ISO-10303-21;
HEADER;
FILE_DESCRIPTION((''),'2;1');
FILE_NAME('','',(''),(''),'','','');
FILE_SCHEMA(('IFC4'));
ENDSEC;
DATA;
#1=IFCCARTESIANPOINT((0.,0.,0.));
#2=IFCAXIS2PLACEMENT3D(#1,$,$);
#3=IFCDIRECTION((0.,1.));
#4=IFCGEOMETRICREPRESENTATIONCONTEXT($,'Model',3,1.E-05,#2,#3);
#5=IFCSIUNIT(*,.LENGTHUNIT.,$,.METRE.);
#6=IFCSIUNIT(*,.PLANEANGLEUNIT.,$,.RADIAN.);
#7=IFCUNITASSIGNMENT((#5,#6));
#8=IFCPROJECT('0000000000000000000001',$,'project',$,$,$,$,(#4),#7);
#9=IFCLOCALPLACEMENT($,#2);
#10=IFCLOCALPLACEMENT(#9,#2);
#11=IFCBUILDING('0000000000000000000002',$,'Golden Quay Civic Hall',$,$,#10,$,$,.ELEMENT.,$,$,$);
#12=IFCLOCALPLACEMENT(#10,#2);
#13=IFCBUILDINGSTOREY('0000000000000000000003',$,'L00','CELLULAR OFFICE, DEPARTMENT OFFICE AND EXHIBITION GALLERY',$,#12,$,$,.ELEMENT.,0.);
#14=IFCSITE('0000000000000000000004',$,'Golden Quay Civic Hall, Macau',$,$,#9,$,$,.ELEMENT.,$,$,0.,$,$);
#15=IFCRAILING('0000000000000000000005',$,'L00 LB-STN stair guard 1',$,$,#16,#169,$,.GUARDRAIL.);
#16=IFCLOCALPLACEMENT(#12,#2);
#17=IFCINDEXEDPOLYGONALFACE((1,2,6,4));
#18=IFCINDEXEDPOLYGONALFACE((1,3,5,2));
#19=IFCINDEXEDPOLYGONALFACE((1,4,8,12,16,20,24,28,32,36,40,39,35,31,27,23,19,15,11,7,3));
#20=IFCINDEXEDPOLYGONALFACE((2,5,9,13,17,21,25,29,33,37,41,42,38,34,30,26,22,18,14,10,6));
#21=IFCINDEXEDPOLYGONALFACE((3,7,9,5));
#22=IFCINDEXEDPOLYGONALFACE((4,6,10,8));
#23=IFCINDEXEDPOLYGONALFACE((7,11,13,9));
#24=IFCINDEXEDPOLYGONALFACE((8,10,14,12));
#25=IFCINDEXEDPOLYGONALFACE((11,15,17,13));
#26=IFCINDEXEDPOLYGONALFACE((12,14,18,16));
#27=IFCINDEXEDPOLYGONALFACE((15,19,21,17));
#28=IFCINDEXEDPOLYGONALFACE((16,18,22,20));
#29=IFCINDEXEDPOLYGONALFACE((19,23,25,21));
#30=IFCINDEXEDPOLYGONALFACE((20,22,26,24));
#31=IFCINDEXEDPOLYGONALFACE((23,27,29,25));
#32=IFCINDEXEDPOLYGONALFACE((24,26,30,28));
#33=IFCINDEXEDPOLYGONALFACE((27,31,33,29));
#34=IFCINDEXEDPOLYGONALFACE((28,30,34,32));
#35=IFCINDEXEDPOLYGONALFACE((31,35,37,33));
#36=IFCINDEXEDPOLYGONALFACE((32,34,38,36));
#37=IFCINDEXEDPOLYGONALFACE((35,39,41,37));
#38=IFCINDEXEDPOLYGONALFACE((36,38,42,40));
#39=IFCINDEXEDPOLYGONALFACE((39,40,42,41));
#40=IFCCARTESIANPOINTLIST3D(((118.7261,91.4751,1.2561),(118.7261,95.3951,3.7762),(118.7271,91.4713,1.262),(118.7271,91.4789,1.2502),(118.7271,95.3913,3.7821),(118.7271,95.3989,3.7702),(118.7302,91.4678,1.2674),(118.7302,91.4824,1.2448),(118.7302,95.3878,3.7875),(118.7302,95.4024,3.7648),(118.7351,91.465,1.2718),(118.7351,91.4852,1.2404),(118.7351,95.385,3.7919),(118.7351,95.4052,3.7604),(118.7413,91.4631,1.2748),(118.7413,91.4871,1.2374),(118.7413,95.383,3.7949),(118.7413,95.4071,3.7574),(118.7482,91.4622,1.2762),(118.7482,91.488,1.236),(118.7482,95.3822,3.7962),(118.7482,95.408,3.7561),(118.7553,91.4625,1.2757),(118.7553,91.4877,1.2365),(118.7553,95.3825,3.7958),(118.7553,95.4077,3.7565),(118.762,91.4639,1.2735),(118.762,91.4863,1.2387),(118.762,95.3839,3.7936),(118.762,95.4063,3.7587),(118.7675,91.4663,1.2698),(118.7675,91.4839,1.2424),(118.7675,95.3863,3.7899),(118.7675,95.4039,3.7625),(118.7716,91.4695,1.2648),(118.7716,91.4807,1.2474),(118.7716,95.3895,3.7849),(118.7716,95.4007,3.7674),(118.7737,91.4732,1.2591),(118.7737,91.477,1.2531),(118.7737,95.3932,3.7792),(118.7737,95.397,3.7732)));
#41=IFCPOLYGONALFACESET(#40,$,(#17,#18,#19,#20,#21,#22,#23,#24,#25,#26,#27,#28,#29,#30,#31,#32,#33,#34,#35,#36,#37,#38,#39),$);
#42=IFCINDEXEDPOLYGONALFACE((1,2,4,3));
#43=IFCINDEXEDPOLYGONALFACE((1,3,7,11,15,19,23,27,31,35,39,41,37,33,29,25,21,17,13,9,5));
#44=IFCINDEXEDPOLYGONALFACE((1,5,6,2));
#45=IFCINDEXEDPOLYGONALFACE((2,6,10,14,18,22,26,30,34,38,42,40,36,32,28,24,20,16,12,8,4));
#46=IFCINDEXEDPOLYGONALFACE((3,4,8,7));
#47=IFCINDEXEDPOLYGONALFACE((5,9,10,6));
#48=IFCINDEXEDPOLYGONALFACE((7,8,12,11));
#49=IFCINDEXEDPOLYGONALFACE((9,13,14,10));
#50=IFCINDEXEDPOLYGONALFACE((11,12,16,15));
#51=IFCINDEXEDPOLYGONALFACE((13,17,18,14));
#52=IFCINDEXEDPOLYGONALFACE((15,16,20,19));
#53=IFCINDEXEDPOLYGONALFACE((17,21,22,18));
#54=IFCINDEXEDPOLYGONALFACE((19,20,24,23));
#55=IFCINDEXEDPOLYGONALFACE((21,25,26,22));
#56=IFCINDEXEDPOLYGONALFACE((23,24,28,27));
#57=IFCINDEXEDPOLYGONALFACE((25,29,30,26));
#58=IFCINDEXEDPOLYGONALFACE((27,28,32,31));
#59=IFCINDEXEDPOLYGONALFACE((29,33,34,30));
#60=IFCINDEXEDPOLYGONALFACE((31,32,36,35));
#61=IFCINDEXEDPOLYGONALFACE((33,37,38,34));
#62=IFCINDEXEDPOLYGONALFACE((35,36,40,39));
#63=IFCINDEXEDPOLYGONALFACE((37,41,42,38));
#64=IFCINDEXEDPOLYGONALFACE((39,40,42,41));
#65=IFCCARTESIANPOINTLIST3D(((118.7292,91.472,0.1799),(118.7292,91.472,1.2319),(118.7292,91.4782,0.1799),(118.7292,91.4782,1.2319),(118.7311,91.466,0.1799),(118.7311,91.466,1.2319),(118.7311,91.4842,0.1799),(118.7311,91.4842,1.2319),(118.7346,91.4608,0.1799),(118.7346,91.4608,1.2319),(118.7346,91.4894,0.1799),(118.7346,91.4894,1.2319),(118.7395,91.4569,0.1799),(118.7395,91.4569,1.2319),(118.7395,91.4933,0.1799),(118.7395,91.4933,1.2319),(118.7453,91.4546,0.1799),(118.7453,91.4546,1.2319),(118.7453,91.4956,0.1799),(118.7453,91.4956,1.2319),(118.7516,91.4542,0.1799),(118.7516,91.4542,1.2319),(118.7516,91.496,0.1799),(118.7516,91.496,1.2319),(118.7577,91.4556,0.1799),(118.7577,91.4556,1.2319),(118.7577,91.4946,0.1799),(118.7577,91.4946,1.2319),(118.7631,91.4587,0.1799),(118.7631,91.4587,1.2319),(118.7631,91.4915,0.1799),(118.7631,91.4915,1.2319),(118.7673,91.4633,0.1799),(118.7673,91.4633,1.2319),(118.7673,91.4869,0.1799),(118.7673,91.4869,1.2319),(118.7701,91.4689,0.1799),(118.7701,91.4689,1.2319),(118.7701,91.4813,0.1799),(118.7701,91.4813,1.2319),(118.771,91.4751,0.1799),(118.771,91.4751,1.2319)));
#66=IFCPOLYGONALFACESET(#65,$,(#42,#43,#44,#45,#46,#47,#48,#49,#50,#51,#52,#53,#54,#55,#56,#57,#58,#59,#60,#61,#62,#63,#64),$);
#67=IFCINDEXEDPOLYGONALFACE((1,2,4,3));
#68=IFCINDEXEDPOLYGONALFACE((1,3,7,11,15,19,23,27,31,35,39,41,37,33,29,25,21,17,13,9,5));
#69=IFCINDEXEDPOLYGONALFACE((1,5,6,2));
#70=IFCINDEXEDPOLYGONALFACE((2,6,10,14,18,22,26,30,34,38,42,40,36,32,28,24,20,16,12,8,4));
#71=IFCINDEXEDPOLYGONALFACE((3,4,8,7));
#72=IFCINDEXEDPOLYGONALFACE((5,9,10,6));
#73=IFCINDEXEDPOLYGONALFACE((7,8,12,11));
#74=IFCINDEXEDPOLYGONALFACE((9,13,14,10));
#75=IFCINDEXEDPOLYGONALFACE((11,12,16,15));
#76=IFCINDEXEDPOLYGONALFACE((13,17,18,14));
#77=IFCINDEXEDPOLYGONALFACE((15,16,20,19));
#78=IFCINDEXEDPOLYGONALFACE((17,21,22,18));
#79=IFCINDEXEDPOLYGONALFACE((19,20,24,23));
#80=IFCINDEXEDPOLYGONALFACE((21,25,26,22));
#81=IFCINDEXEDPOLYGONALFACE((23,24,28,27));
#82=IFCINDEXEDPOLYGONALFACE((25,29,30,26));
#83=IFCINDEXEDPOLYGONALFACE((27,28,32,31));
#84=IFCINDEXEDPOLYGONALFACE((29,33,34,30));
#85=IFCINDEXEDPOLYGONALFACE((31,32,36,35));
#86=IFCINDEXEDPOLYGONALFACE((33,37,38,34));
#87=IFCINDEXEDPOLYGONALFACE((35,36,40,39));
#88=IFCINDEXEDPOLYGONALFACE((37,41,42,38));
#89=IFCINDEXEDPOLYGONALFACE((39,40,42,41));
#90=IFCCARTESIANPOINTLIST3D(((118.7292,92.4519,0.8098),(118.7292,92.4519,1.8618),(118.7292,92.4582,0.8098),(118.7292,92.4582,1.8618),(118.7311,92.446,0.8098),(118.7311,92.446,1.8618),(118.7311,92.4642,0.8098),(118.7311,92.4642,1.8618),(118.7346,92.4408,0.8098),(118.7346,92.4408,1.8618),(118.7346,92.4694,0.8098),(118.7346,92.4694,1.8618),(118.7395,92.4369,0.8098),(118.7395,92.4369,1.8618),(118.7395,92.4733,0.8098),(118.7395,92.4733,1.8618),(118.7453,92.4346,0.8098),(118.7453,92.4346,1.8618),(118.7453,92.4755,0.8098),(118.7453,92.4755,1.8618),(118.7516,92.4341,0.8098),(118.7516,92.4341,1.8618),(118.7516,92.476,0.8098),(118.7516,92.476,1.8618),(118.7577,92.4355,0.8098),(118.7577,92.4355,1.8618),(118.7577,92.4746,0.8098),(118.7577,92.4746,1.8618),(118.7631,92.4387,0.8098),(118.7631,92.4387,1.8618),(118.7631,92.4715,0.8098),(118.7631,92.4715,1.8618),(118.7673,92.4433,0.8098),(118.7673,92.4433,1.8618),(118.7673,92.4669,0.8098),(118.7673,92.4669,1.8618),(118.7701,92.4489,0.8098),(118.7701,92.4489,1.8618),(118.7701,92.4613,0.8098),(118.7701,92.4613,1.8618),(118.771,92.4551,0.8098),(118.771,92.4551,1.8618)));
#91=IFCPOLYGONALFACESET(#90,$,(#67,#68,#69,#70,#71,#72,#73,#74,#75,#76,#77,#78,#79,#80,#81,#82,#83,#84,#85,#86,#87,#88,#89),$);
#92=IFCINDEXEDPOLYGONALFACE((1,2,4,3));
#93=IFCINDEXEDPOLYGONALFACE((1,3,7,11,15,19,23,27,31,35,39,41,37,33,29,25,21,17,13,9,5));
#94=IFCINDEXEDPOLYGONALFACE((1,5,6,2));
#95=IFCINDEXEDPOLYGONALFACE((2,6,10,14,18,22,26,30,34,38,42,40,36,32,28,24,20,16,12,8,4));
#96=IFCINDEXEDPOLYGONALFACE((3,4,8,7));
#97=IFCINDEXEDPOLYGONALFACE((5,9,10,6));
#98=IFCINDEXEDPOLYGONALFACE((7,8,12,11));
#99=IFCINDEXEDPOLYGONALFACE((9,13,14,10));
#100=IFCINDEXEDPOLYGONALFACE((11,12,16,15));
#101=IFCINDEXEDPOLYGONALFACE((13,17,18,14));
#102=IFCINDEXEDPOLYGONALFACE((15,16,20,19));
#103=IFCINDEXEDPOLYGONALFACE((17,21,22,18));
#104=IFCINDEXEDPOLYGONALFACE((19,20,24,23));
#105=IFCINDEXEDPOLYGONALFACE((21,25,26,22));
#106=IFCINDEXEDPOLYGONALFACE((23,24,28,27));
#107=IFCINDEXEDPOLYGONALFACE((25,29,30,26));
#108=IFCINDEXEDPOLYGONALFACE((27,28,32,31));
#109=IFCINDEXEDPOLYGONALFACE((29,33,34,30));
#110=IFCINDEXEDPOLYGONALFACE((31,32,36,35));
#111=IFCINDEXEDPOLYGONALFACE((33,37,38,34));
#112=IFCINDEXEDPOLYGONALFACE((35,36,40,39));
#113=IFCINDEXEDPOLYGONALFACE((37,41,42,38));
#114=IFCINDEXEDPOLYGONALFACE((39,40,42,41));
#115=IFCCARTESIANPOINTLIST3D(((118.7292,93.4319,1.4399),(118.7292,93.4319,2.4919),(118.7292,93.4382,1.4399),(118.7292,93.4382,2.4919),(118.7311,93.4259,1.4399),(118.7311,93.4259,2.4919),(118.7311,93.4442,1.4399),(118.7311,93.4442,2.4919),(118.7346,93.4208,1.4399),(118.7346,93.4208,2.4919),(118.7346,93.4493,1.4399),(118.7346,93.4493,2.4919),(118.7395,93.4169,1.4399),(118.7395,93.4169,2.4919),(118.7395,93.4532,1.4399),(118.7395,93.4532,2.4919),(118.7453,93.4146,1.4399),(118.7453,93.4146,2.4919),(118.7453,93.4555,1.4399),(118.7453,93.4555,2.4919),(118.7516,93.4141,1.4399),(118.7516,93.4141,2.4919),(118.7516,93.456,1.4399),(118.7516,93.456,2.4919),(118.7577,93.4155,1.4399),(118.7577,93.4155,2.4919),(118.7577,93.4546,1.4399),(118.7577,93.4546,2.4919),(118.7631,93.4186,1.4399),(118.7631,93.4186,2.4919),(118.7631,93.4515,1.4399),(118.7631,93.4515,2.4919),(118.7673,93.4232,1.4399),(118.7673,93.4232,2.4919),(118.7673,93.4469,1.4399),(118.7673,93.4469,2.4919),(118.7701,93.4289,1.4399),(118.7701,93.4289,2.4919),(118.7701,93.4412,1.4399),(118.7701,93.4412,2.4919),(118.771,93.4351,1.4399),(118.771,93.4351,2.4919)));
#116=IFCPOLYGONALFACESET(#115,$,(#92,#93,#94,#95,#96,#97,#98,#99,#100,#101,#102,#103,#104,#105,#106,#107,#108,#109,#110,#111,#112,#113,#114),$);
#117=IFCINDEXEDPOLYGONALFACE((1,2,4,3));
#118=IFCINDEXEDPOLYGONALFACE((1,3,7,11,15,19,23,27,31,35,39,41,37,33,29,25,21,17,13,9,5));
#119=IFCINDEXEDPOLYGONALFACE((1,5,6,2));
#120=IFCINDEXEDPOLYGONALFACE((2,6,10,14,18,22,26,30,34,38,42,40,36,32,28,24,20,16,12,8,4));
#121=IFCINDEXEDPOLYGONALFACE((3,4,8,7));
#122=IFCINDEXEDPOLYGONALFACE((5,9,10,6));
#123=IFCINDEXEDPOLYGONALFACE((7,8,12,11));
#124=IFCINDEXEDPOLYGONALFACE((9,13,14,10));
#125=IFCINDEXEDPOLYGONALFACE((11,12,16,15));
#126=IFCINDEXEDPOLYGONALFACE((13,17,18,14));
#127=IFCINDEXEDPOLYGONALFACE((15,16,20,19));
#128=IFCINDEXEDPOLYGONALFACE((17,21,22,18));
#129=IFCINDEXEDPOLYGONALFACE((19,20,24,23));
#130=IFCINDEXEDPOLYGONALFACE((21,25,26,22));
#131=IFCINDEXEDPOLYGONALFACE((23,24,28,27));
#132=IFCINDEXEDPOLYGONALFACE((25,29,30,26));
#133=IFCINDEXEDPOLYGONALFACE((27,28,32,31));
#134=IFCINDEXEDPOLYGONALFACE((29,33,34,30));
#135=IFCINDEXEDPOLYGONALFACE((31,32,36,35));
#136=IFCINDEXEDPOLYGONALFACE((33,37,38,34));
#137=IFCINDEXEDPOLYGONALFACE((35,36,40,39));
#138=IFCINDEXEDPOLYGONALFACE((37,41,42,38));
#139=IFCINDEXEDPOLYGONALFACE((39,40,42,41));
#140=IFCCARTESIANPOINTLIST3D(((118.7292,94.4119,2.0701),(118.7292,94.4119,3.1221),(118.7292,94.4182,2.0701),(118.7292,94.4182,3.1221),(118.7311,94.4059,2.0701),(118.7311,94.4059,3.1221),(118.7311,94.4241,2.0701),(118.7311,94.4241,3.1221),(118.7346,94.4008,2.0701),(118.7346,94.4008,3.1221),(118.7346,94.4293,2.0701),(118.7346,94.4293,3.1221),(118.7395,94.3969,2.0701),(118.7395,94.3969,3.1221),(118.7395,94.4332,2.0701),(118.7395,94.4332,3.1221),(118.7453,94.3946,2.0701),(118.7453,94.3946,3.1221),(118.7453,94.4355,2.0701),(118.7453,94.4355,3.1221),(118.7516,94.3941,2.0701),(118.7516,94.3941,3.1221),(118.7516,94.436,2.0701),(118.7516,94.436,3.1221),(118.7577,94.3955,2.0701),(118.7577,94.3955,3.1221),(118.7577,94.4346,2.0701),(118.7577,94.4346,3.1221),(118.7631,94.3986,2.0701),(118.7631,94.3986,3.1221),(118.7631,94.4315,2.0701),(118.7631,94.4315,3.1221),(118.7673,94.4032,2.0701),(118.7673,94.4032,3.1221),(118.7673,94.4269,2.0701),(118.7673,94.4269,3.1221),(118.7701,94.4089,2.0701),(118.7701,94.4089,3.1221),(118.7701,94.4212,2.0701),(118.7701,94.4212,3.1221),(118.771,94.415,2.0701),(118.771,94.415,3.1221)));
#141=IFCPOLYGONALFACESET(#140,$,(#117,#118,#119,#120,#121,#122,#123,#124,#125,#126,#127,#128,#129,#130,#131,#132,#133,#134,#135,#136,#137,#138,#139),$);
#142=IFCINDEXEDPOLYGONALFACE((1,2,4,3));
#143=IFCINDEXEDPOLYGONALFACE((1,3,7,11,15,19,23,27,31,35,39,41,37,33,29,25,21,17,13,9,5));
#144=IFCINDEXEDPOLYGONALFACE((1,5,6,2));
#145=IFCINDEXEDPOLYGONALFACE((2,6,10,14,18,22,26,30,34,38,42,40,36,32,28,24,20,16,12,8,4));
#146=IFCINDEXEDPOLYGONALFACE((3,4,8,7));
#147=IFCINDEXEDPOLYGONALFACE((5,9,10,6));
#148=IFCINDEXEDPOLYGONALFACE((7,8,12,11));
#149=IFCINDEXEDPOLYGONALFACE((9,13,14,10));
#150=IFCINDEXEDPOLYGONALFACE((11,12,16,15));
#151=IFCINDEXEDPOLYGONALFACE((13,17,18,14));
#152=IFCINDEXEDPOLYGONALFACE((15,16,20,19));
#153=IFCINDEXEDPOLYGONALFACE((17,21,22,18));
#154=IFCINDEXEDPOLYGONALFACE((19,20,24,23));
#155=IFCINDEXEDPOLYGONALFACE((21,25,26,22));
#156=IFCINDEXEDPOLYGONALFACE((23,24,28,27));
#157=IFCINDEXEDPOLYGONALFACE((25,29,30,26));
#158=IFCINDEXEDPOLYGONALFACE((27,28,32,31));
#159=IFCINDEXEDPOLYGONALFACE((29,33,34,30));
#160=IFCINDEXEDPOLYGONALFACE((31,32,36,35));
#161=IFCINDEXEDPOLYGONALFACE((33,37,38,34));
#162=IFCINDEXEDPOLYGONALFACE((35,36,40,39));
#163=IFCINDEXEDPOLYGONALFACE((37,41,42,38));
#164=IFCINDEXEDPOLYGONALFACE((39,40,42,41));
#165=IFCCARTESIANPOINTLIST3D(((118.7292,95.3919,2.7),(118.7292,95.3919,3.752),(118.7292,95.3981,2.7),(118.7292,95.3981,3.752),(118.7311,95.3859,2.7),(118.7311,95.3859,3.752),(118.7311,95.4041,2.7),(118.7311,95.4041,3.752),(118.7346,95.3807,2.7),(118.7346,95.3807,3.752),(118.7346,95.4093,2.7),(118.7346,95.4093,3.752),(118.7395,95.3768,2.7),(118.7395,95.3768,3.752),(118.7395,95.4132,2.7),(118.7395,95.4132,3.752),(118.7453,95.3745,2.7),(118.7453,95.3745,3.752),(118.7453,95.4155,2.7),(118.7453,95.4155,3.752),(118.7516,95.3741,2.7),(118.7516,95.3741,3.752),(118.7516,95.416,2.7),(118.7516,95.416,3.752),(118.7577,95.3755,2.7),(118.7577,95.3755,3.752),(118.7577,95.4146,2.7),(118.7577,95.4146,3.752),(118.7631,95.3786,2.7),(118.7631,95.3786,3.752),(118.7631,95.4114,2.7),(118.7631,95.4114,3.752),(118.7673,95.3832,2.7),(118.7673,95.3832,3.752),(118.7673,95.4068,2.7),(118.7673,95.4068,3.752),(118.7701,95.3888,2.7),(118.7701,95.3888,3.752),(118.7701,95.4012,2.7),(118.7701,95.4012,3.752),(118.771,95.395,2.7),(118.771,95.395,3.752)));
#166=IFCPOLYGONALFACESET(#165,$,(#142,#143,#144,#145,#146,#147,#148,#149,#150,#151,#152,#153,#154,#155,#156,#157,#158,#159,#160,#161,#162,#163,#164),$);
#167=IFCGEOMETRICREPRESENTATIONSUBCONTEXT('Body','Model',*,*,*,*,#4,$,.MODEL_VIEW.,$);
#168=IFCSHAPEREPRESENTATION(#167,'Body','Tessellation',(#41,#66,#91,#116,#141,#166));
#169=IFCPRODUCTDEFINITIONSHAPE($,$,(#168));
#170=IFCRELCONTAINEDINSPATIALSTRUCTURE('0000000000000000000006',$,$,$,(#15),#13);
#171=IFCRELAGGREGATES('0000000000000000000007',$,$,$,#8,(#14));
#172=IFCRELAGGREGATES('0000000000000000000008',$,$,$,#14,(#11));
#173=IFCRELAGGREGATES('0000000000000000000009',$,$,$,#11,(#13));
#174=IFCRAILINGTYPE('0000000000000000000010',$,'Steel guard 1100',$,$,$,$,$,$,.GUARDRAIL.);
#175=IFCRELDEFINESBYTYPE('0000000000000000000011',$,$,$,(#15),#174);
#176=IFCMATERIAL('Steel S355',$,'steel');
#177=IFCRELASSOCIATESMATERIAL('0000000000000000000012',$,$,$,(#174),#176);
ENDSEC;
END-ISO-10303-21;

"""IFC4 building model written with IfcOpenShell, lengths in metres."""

from ifc_helpers import new_model, si_unit, direction, frame, origin, origin_2d, place, context, subcontext, project, spatial, circle, extrude, material, type_object, element, save


model = new_model("IFC4")

# Units and contexts
model_context = context("Model", 3, precision=1e-05, world=origin(), true_north=direction((0.0, 1.0)))
body_context = subcontext(model_context, "Body", "Model", "MODEL_VIEW")
ifc_project = project(units=[si_unit("LENGTHUNIT", "METRE"), si_unit("PLANEANGLEUNIT", "RADIAN")], contexts=[model_context])

# Site, building, storey
site_placement = place(None, origin())
site = spatial("IfcSite", under=ifc_project, at=site_placement, Name="Golden Quay Civic Hall, Macau", CompositionType="ELEMENT", RefElevation=0.0)
building_placement = place(site_placement, origin())
building = spatial("IfcBuilding", under=site, at=building_placement, Name="Golden Quay Civic Hall", CompositionType="ELEMENT")
storey_placement = place(building_placement, origin())
storey = spatial("IfcBuildingStorey", under=building, at=storey_placement, Name="L00", Description="CELLULAR OFFICE, DEPARTMENT OFFICE AND EXHIBITION GALLERY", CompositionType="ELEMENT", Elevation=0.0)

# Railing
ifc_material_1 = material(Name="Steel S355", Category="steel")
railing_type_1 = type_object("IfcRailingType", Name="Steel guard 1100", PredefinedType="GUARDRAIL", material=ifc_material_1)
railing_1_placement = place(storey_placement, frame((118.75, 91.4751, 0.1799)))
element("IfcRailing", 1, at=railing_1_placement, inside=storey, type_object=railing_type_1, Name="L00 LB-STN stair guard 1", PredefinedType="GUARDRAIL", context=body_context, shape_type="SweptSolid", body=[
    extrude(circle(Radius=0.0239, at=origin_2d()), frame((0.0, 0.0, 1.0762), z_axis=(0.0, 0.841172, 0.540768), x_axis=(-1.0, 0.0, 0.0)), (0.0, 0.0, 1.0), 4.6602),
    extrude(circle(Radius=0.021, at=origin_2d()), origin(), (0.0, 0.0, 1.0), 1.052),
    extrude(circle(Radius=0.021, at=origin_2d()), frame((0.0, 0.98, 0.6299)), (0.0, 0.0, 1.0), 1.052),
    extrude(circle(Radius=0.021, at=origin_2d()), frame((0.0, 1.96, 1.26)), (0.0, 0.0, 1.0), 1.052),
    extrude(circle(Radius=0.021, at=origin_2d()), frame((0.0, 2.9399, 1.8901)), (0.0, 0.0, 1.0), 1.052),
    extrude(circle(Radius=0.021, at=origin_2d()), frame((0.0, 3.9199, 2.52)), (0.0, 0.0, 1.0), 1.052),
])

save(model, "model.ifc")
